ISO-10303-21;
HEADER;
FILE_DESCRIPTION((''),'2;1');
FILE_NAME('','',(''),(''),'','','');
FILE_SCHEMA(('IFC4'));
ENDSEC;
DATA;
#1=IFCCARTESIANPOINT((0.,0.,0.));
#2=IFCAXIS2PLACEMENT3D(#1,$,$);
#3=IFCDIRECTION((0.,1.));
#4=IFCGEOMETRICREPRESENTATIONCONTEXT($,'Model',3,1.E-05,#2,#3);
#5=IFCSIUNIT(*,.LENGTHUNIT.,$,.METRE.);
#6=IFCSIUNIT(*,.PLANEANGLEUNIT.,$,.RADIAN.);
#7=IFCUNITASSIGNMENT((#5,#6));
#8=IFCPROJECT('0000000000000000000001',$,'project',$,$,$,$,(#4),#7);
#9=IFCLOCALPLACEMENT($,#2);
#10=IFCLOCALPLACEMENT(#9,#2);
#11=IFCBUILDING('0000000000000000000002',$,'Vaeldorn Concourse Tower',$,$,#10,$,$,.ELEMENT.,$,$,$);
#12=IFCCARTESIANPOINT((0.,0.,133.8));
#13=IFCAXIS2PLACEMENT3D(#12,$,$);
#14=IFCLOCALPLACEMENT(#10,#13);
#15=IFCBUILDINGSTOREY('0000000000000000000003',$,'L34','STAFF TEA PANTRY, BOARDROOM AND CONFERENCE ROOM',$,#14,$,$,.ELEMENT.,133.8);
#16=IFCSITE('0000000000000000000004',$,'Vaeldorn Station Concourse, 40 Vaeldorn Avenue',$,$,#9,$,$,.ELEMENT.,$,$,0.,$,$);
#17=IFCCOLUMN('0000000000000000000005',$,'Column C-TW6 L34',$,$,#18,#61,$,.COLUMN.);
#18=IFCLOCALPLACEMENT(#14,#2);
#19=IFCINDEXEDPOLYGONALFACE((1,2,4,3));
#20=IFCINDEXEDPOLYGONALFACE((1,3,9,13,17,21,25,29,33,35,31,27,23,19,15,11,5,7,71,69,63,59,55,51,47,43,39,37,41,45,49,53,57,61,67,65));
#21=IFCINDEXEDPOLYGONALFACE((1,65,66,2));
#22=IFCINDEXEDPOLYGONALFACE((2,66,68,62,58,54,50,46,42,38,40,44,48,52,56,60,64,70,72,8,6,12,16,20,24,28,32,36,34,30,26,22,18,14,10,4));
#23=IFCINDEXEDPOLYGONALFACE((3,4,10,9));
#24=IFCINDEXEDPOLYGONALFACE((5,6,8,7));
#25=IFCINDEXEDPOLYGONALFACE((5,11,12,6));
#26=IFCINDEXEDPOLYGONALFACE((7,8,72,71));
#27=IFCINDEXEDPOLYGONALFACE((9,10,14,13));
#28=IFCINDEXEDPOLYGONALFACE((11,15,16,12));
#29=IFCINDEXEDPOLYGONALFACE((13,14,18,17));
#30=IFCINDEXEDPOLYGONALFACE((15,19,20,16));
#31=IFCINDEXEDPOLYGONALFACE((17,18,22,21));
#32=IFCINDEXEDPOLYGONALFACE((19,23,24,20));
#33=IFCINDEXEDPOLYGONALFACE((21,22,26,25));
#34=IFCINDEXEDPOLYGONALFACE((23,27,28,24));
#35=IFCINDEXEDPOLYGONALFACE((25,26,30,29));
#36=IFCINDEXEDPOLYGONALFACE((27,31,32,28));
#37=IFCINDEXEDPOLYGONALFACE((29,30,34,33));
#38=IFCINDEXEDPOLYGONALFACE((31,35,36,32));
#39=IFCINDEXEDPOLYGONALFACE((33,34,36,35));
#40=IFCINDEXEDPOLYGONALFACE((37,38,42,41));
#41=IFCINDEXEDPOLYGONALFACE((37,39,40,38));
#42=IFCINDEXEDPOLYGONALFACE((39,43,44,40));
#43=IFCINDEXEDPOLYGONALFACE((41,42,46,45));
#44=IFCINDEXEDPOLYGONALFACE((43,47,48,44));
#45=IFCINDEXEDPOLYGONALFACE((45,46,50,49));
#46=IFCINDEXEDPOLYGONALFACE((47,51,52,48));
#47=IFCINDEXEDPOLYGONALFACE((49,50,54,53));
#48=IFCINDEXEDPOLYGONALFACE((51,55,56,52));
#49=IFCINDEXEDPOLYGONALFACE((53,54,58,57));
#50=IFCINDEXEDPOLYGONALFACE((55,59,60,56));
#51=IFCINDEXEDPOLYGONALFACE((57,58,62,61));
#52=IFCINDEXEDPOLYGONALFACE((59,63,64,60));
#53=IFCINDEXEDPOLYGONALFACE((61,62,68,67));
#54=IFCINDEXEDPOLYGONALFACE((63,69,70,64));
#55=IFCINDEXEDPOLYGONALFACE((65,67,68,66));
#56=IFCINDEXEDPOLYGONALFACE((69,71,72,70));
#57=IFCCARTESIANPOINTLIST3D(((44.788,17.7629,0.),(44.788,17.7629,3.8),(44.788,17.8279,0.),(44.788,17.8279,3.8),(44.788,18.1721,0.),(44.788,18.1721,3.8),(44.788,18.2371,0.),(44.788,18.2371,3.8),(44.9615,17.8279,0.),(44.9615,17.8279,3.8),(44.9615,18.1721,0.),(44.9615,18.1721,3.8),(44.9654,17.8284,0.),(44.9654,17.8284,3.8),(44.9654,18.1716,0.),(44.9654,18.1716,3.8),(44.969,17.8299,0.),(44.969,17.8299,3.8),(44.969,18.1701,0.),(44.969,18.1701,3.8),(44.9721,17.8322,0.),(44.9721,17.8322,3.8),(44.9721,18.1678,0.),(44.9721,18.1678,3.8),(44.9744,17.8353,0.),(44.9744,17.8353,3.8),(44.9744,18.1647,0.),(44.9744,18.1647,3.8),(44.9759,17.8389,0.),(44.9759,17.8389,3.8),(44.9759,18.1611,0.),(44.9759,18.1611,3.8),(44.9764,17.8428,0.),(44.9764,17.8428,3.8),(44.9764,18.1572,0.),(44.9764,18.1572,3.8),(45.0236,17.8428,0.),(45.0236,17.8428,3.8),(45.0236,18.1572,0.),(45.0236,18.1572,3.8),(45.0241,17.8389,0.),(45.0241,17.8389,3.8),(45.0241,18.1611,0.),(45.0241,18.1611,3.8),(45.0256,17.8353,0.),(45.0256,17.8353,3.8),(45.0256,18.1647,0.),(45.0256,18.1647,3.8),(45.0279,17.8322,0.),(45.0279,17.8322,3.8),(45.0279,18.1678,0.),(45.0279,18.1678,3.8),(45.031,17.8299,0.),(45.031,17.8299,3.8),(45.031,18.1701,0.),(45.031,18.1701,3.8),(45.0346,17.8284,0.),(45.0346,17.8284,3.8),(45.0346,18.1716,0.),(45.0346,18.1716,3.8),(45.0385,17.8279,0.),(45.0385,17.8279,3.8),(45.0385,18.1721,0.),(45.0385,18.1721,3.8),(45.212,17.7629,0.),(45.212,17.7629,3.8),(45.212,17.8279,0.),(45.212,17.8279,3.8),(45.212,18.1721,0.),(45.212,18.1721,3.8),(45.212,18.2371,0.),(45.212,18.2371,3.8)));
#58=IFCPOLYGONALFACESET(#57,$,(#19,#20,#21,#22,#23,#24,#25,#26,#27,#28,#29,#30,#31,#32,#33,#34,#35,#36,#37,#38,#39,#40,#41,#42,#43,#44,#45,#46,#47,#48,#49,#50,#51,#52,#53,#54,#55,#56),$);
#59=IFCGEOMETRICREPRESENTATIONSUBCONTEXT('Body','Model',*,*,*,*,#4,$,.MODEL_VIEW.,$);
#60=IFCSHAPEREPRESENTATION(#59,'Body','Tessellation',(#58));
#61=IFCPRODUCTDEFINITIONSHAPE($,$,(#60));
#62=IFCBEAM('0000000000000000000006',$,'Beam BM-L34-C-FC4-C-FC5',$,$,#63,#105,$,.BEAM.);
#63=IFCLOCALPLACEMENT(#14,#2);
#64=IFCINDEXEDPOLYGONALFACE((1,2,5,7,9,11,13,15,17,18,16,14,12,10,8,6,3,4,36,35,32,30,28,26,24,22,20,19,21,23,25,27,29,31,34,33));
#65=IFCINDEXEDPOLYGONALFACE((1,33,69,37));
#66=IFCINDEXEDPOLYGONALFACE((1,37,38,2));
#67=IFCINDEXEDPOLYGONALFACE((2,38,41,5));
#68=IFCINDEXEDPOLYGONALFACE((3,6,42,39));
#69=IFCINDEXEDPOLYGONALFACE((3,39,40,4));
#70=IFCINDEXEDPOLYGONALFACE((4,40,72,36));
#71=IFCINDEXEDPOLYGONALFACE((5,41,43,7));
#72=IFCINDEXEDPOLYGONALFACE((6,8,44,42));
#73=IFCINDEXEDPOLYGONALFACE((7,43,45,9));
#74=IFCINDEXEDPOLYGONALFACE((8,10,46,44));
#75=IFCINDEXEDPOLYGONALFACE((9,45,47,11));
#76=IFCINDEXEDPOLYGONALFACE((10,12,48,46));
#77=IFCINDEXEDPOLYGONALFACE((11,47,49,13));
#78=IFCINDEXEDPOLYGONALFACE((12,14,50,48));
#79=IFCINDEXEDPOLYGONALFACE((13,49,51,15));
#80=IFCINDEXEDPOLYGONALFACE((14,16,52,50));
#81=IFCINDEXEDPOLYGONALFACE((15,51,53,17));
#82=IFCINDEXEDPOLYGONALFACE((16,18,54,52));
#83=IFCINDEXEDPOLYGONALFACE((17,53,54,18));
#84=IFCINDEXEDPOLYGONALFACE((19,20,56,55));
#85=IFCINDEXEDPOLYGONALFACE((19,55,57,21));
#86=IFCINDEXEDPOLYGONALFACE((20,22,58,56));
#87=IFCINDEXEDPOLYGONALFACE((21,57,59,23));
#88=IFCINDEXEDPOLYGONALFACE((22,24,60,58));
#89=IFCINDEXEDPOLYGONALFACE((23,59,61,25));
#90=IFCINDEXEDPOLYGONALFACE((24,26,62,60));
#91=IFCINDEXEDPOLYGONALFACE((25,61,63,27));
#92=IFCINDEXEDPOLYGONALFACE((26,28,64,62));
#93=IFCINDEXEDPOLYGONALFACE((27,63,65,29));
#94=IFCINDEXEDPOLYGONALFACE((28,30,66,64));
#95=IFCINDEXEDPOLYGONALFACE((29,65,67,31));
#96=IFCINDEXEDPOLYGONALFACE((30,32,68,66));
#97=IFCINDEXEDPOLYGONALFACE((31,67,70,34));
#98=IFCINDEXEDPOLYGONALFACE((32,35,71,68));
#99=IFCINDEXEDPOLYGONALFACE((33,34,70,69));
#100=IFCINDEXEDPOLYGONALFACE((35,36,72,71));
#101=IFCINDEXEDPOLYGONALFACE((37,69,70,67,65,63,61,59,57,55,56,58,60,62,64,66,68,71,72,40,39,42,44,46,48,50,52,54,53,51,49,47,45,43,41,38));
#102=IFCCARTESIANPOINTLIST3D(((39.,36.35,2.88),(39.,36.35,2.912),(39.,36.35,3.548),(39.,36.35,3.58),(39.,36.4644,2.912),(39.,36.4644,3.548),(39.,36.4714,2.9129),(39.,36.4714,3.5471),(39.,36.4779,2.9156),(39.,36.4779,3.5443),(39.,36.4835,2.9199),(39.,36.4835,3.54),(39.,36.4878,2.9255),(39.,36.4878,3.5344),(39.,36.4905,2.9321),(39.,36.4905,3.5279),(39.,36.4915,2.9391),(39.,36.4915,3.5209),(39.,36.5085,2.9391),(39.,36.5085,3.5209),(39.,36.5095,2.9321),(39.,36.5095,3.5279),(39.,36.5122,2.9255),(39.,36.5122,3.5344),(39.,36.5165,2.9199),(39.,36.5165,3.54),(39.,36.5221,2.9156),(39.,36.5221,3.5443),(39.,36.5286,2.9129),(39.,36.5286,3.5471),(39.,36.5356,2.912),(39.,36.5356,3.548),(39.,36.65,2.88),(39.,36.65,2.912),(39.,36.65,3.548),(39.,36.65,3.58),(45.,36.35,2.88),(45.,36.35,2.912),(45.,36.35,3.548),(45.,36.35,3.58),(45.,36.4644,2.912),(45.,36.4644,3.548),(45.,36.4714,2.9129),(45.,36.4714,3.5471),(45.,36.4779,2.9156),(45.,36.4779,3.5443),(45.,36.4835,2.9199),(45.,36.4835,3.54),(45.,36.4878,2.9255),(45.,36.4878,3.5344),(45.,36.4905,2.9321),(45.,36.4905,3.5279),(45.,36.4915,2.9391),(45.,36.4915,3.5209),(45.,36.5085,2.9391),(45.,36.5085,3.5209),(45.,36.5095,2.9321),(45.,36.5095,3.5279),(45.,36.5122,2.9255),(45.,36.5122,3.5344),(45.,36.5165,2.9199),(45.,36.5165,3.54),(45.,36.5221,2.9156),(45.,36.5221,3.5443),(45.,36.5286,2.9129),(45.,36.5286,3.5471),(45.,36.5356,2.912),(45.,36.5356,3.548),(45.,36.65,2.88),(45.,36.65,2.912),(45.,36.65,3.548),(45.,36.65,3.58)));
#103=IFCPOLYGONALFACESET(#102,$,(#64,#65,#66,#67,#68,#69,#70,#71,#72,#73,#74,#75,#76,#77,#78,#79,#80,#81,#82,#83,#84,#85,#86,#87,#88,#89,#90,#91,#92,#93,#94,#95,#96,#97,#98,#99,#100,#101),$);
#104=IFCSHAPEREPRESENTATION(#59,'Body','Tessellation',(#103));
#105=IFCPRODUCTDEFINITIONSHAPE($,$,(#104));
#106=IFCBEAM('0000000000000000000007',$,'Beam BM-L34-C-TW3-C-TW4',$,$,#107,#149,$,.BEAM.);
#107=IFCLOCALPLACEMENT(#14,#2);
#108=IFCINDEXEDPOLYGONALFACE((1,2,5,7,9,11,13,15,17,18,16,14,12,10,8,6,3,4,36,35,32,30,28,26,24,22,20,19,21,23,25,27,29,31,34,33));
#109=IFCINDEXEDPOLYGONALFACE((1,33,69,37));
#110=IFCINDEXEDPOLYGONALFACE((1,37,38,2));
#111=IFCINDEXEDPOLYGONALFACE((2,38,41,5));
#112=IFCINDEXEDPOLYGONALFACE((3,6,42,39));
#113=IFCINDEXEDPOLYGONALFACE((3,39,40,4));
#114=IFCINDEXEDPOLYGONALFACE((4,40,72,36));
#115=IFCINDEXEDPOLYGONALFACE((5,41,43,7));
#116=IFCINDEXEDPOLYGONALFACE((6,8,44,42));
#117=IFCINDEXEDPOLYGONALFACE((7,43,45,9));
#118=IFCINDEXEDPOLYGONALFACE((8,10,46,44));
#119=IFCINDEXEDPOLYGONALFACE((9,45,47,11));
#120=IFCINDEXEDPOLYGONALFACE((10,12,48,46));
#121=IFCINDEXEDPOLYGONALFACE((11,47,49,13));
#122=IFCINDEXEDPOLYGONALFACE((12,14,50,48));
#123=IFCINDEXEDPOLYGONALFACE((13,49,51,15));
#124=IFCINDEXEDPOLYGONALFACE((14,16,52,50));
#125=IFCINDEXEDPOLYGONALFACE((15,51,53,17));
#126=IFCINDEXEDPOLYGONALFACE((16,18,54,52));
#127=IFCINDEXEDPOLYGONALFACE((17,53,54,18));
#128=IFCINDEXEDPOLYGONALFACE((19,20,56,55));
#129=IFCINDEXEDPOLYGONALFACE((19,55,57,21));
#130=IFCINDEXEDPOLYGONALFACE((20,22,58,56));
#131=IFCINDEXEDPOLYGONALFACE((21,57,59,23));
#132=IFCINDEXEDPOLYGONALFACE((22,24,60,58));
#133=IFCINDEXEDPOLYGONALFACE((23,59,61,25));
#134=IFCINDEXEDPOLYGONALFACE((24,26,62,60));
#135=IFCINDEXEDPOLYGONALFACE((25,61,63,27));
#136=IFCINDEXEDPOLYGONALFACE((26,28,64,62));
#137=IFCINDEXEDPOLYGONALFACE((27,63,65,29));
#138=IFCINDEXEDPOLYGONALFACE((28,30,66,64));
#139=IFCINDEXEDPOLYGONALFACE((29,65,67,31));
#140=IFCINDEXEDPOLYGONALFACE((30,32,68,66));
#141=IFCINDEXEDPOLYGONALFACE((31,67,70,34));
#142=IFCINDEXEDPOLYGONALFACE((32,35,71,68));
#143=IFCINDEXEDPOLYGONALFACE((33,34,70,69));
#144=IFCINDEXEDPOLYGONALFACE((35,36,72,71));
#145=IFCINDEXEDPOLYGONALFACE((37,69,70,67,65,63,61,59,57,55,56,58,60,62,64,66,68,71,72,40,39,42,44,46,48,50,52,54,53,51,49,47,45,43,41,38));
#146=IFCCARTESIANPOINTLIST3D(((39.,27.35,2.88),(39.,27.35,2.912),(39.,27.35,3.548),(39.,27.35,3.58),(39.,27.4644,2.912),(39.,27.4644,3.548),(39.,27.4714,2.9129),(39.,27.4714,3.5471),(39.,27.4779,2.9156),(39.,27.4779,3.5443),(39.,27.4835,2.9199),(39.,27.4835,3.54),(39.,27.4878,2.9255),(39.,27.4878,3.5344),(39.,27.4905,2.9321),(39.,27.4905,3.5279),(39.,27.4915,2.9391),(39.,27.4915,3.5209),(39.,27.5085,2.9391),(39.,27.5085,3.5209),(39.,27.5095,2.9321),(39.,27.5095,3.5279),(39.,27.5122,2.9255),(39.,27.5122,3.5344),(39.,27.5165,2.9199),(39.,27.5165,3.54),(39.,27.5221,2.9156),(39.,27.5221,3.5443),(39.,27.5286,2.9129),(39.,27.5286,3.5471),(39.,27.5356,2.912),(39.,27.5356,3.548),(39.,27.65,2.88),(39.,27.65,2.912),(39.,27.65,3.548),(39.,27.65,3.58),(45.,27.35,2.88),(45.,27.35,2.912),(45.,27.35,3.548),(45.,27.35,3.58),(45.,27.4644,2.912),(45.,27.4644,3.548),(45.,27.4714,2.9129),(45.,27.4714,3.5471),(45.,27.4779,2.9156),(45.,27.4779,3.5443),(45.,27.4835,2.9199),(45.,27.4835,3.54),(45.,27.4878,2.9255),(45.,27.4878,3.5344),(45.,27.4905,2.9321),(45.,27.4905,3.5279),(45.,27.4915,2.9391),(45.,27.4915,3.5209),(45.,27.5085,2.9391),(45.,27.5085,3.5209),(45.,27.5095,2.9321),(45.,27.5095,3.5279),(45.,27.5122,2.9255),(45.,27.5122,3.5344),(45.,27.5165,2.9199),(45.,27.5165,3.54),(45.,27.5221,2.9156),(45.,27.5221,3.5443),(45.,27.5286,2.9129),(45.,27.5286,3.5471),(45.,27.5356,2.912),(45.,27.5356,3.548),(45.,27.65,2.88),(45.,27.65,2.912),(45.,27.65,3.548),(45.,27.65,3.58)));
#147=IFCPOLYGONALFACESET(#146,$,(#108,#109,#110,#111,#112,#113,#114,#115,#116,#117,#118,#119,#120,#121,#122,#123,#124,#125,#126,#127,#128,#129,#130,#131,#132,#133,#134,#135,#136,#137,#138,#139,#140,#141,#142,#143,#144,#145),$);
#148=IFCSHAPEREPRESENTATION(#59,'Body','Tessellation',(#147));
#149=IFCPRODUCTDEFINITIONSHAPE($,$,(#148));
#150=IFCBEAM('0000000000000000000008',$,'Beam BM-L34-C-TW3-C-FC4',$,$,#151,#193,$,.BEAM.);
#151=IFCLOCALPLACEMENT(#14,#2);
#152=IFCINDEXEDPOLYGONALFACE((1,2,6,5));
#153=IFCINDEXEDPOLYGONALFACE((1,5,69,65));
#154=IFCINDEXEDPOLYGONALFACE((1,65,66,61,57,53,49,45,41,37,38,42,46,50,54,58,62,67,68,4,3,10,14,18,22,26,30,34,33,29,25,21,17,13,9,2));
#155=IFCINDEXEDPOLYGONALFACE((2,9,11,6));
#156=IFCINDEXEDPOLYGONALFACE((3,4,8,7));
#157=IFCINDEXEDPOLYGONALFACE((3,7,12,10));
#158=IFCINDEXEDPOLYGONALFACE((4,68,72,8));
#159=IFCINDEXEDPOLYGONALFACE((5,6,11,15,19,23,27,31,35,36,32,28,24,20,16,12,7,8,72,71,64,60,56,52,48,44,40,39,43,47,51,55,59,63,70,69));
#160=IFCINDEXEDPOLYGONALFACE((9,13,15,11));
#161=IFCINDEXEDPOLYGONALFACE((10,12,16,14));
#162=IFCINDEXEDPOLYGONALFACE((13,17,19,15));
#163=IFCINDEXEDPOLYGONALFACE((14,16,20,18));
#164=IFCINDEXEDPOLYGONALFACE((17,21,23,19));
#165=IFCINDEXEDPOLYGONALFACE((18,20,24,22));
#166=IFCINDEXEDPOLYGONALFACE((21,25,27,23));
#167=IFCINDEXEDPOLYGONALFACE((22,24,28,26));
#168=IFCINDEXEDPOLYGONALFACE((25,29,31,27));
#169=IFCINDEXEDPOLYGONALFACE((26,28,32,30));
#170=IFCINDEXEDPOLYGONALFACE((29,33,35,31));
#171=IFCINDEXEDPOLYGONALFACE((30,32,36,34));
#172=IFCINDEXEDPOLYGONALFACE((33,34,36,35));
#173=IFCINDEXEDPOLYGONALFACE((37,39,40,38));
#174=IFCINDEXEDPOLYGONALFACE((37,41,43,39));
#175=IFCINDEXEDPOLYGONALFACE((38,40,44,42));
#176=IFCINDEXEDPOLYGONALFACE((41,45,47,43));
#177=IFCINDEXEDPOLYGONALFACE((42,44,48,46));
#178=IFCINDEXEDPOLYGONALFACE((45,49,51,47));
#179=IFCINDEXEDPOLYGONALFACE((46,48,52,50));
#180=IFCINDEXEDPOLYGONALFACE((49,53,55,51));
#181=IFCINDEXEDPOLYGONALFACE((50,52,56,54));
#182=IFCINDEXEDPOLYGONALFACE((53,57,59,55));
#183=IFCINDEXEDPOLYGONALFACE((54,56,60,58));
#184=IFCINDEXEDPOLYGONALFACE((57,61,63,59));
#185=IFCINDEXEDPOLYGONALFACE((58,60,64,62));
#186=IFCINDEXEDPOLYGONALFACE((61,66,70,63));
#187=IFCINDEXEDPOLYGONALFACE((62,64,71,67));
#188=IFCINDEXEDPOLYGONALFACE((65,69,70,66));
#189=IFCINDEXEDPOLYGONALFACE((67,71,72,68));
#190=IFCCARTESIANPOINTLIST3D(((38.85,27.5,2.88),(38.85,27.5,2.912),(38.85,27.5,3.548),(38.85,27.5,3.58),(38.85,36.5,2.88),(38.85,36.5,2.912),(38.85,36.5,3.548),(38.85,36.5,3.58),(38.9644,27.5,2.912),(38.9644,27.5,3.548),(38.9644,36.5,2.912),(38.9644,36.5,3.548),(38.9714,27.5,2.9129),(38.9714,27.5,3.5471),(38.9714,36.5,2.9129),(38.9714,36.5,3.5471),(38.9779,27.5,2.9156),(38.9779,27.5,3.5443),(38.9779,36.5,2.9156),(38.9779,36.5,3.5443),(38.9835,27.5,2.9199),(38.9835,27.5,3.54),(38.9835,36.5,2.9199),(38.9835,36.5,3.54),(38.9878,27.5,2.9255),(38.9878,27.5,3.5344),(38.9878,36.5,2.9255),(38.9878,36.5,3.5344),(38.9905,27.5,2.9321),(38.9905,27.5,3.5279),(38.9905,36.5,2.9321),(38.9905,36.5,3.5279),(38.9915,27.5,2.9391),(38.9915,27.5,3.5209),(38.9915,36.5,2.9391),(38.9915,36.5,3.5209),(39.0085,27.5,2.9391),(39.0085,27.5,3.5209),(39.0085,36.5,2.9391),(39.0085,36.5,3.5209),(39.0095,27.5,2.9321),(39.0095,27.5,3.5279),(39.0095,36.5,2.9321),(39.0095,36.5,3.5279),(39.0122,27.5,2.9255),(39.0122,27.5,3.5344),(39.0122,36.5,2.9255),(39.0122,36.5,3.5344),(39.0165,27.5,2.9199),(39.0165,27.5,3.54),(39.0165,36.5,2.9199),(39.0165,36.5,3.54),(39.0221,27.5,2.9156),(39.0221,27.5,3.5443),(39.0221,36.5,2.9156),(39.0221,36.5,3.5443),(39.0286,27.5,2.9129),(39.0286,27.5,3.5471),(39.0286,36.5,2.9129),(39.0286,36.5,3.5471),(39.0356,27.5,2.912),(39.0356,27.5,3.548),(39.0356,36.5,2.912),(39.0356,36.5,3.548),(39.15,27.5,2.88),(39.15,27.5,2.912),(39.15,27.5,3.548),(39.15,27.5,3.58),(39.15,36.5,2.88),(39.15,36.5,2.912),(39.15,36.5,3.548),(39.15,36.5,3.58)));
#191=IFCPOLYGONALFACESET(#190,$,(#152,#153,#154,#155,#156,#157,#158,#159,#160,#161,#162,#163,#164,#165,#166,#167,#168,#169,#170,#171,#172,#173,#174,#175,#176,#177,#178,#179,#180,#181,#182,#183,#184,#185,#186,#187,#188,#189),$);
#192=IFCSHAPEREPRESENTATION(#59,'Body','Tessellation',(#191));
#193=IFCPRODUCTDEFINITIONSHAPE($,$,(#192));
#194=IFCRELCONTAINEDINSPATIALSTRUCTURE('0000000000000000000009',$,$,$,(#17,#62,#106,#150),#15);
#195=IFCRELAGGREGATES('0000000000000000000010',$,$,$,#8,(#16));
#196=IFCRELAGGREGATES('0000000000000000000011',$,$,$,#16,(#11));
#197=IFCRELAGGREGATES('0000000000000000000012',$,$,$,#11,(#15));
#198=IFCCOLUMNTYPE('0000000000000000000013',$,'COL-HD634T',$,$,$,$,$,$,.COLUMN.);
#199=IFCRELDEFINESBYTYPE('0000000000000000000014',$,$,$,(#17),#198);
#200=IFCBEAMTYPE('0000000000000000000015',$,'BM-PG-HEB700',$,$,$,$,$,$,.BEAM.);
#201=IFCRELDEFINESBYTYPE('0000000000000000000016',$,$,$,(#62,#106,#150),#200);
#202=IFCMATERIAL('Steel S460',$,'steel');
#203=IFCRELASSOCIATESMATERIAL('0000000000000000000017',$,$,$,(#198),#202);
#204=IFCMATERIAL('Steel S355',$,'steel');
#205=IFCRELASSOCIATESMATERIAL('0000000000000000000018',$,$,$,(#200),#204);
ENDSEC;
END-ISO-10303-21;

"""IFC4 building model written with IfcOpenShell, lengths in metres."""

from ifc_helpers import new_model, si_unit, direction, frame, origin, origin_2d, place, context, subcontext, project, spatial, i_section, extrude, source, transform, mapped, material, material_profile, profile_set, type_object, element, save


model = new_model("IFC4")

# Units and contexts
model_context = context("Model", 3, precision=1e-05, world=origin(), true_north=direction((0.0, 1.0)))
body_context = subcontext(model_context, "Body", "Model", "MODEL_VIEW")
ifc_project = project(units=[si_unit("LENGTHUNIT", "METRE"), si_unit("PLANEANGLEUNIT", "RADIAN")], contexts=[model_context])

# Site, building, storey
site_placement = place(None, origin())
site = spatial("IfcSite", under=ifc_project, at=site_placement, Name="Vaeldorn Station Concourse, 40 Vaeldorn Avenue", CompositionType="ELEMENT", RefElevation=0.0)
building_placement = place(site_placement, origin())
building = spatial("IfcBuilding", under=site, at=building_placement, Name="Vaeldorn Concourse Tower", CompositionType="ELEMENT")
storey_placement = place(building_placement, frame((0.0, 0.0, 133.8)))
storey = spatial("IfcBuildingStorey", under=building, at=storey_placement, Name="L34", Description="STAFF TEA PANTRY, BOARDROOM AND CONFERENCE ROOM", CompositionType="ELEMENT", Elevation=133.8)

# Column
ifc_material_1 = material(Name="Steel S460", Category="steel")
ifc_material_profile_1 = material_profile(ifc_material_1, i_section(OverallWidth=0.4241, OverallDepth=0.4741, WebThickness=0.0471, FlangeThickness=0.0649, FilletRadius=0.0149, at=origin_2d()), Name="HD 400x634")
ifc_profile_set_1 = profile_set([ifc_material_profile_1], Name="Steel S460")
column_type_1 = type_object("IfcColumnType", Name="COL-HD634T", PredefinedType="COLUMN", material=ifc_profile_set_1)
shared_shape_1 = source(origin(), body_context, "Body", "SweptSolid", [
    extrude(i_section(OverallWidth=0.4241, OverallDepth=0.4741, WebThickness=0.0471, FlangeThickness=0.0649, FilletRadius=0.0149, at=origin_2d()), origin(), (0.0, 0.0, 1.0), 3.8),
])
for number, where, z_axis, x_axis, name in (
    (1, (45.0, 18.0, 0.0), (0.0, 0.0, 1.0), (1.0, 0.0, 0.0), "Column C-TW6 L34"),
):
    element("IfcColumn", number, at=place(storey_placement, frame(where, z_axis=z_axis, x_axis=x_axis)), inside=storey, type_object=column_type_1, Name=name, PredefinedType="COLUMN", context=body_context, shape_type="MappedRepresentation", body=[
        mapped(shared_shape_1, transform((0.0, 0.0, 0.0), scale=1.0)),
    ])

# Beams
ifc_material_2 = material(Name="Steel S355", Category="steel")
ifc_material_profile_2 = material_profile(ifc_material_2, i_section(OverallWidth=0.3, OverallDepth=0.7, WebThickness=0.0171, FlangeThickness=0.032, FilletRadius=0.0271, at=origin_2d()), Name="HEB 700")
ifc_profile_set_2 = profile_set([ifc_material_profile_2], Name="Steel S355")
beam_type_1 = type_object("IfcBeamType", Name="BM-PG-HEB700", PredefinedType="BEAM", material=ifc_profile_set_2)
shared_shape_2 = source(origin(), body_context, "Body", "SweptSolid", [
    extrude(i_section(OverallWidth=0.3, OverallDepth=0.7, WebThickness=0.0171, FlangeThickness=0.032, FilletRadius=0.0271, at=origin_2d()), origin(), (0.0, 0.0, 1.0), 6.0),
])
for number, where, z_axis, x_axis, name in (
    (2, (39.0, 36.5, 3.23), (1.0, 0.0, 0.0), (0.0, 1.0, 0.0), "Beam BM-L34-C-FC4-C-FC5"),
    (3, (39.0, 27.5, 3.23), (1.0, 0.0, 0.0), (0.0, 1.0, 0.0), "Beam BM-L34-C-TW3-C-TW4"),
):
    element("IfcBeam", number, at=place(storey_placement, frame(where, z_axis=z_axis, x_axis=x_axis)), inside=storey, type_object=beam_type_1, Name=name, PredefinedType="BEAM", context=body_context, shape_type="MappedRepresentation", body=[
        mapped(shared_shape_2, transform((0.0, 0.0, 0.0), scale=1.0)),
    ])
shared_shape_3 = source(origin(), body_context, "Body", "SweptSolid", [
    extrude(i_section(OverallWidth=0.3, OverallDepth=0.7, WebThickness=0.0171, FlangeThickness=0.032, FilletRadius=0.0271, at=origin_2d()), origin(), (0.0, 0.0, 1.0), 9.0),
])
for number, where, z_axis, x_axis, name in (
    (4, (39.0, 27.5, 3.23), (0.0, 1.0, 0.0), (-1.0, 0.0, 0.0), "Beam BM-L34-C-TW3-C-FC4"),
):
    element("IfcBeam", number, at=place(storey_placement, frame(where, z_axis=z_axis, x_axis=x_axis)), inside=storey, type_object=beam_type_1, Name=name, PredefinedType="BEAM", context=body_context, shape_type="MappedRepresentation", body=[
        mapped(shared_shape_3, transform((0.0, 0.0, 0.0), scale=1.0)),
    ])

save(model, "model.ifc")
